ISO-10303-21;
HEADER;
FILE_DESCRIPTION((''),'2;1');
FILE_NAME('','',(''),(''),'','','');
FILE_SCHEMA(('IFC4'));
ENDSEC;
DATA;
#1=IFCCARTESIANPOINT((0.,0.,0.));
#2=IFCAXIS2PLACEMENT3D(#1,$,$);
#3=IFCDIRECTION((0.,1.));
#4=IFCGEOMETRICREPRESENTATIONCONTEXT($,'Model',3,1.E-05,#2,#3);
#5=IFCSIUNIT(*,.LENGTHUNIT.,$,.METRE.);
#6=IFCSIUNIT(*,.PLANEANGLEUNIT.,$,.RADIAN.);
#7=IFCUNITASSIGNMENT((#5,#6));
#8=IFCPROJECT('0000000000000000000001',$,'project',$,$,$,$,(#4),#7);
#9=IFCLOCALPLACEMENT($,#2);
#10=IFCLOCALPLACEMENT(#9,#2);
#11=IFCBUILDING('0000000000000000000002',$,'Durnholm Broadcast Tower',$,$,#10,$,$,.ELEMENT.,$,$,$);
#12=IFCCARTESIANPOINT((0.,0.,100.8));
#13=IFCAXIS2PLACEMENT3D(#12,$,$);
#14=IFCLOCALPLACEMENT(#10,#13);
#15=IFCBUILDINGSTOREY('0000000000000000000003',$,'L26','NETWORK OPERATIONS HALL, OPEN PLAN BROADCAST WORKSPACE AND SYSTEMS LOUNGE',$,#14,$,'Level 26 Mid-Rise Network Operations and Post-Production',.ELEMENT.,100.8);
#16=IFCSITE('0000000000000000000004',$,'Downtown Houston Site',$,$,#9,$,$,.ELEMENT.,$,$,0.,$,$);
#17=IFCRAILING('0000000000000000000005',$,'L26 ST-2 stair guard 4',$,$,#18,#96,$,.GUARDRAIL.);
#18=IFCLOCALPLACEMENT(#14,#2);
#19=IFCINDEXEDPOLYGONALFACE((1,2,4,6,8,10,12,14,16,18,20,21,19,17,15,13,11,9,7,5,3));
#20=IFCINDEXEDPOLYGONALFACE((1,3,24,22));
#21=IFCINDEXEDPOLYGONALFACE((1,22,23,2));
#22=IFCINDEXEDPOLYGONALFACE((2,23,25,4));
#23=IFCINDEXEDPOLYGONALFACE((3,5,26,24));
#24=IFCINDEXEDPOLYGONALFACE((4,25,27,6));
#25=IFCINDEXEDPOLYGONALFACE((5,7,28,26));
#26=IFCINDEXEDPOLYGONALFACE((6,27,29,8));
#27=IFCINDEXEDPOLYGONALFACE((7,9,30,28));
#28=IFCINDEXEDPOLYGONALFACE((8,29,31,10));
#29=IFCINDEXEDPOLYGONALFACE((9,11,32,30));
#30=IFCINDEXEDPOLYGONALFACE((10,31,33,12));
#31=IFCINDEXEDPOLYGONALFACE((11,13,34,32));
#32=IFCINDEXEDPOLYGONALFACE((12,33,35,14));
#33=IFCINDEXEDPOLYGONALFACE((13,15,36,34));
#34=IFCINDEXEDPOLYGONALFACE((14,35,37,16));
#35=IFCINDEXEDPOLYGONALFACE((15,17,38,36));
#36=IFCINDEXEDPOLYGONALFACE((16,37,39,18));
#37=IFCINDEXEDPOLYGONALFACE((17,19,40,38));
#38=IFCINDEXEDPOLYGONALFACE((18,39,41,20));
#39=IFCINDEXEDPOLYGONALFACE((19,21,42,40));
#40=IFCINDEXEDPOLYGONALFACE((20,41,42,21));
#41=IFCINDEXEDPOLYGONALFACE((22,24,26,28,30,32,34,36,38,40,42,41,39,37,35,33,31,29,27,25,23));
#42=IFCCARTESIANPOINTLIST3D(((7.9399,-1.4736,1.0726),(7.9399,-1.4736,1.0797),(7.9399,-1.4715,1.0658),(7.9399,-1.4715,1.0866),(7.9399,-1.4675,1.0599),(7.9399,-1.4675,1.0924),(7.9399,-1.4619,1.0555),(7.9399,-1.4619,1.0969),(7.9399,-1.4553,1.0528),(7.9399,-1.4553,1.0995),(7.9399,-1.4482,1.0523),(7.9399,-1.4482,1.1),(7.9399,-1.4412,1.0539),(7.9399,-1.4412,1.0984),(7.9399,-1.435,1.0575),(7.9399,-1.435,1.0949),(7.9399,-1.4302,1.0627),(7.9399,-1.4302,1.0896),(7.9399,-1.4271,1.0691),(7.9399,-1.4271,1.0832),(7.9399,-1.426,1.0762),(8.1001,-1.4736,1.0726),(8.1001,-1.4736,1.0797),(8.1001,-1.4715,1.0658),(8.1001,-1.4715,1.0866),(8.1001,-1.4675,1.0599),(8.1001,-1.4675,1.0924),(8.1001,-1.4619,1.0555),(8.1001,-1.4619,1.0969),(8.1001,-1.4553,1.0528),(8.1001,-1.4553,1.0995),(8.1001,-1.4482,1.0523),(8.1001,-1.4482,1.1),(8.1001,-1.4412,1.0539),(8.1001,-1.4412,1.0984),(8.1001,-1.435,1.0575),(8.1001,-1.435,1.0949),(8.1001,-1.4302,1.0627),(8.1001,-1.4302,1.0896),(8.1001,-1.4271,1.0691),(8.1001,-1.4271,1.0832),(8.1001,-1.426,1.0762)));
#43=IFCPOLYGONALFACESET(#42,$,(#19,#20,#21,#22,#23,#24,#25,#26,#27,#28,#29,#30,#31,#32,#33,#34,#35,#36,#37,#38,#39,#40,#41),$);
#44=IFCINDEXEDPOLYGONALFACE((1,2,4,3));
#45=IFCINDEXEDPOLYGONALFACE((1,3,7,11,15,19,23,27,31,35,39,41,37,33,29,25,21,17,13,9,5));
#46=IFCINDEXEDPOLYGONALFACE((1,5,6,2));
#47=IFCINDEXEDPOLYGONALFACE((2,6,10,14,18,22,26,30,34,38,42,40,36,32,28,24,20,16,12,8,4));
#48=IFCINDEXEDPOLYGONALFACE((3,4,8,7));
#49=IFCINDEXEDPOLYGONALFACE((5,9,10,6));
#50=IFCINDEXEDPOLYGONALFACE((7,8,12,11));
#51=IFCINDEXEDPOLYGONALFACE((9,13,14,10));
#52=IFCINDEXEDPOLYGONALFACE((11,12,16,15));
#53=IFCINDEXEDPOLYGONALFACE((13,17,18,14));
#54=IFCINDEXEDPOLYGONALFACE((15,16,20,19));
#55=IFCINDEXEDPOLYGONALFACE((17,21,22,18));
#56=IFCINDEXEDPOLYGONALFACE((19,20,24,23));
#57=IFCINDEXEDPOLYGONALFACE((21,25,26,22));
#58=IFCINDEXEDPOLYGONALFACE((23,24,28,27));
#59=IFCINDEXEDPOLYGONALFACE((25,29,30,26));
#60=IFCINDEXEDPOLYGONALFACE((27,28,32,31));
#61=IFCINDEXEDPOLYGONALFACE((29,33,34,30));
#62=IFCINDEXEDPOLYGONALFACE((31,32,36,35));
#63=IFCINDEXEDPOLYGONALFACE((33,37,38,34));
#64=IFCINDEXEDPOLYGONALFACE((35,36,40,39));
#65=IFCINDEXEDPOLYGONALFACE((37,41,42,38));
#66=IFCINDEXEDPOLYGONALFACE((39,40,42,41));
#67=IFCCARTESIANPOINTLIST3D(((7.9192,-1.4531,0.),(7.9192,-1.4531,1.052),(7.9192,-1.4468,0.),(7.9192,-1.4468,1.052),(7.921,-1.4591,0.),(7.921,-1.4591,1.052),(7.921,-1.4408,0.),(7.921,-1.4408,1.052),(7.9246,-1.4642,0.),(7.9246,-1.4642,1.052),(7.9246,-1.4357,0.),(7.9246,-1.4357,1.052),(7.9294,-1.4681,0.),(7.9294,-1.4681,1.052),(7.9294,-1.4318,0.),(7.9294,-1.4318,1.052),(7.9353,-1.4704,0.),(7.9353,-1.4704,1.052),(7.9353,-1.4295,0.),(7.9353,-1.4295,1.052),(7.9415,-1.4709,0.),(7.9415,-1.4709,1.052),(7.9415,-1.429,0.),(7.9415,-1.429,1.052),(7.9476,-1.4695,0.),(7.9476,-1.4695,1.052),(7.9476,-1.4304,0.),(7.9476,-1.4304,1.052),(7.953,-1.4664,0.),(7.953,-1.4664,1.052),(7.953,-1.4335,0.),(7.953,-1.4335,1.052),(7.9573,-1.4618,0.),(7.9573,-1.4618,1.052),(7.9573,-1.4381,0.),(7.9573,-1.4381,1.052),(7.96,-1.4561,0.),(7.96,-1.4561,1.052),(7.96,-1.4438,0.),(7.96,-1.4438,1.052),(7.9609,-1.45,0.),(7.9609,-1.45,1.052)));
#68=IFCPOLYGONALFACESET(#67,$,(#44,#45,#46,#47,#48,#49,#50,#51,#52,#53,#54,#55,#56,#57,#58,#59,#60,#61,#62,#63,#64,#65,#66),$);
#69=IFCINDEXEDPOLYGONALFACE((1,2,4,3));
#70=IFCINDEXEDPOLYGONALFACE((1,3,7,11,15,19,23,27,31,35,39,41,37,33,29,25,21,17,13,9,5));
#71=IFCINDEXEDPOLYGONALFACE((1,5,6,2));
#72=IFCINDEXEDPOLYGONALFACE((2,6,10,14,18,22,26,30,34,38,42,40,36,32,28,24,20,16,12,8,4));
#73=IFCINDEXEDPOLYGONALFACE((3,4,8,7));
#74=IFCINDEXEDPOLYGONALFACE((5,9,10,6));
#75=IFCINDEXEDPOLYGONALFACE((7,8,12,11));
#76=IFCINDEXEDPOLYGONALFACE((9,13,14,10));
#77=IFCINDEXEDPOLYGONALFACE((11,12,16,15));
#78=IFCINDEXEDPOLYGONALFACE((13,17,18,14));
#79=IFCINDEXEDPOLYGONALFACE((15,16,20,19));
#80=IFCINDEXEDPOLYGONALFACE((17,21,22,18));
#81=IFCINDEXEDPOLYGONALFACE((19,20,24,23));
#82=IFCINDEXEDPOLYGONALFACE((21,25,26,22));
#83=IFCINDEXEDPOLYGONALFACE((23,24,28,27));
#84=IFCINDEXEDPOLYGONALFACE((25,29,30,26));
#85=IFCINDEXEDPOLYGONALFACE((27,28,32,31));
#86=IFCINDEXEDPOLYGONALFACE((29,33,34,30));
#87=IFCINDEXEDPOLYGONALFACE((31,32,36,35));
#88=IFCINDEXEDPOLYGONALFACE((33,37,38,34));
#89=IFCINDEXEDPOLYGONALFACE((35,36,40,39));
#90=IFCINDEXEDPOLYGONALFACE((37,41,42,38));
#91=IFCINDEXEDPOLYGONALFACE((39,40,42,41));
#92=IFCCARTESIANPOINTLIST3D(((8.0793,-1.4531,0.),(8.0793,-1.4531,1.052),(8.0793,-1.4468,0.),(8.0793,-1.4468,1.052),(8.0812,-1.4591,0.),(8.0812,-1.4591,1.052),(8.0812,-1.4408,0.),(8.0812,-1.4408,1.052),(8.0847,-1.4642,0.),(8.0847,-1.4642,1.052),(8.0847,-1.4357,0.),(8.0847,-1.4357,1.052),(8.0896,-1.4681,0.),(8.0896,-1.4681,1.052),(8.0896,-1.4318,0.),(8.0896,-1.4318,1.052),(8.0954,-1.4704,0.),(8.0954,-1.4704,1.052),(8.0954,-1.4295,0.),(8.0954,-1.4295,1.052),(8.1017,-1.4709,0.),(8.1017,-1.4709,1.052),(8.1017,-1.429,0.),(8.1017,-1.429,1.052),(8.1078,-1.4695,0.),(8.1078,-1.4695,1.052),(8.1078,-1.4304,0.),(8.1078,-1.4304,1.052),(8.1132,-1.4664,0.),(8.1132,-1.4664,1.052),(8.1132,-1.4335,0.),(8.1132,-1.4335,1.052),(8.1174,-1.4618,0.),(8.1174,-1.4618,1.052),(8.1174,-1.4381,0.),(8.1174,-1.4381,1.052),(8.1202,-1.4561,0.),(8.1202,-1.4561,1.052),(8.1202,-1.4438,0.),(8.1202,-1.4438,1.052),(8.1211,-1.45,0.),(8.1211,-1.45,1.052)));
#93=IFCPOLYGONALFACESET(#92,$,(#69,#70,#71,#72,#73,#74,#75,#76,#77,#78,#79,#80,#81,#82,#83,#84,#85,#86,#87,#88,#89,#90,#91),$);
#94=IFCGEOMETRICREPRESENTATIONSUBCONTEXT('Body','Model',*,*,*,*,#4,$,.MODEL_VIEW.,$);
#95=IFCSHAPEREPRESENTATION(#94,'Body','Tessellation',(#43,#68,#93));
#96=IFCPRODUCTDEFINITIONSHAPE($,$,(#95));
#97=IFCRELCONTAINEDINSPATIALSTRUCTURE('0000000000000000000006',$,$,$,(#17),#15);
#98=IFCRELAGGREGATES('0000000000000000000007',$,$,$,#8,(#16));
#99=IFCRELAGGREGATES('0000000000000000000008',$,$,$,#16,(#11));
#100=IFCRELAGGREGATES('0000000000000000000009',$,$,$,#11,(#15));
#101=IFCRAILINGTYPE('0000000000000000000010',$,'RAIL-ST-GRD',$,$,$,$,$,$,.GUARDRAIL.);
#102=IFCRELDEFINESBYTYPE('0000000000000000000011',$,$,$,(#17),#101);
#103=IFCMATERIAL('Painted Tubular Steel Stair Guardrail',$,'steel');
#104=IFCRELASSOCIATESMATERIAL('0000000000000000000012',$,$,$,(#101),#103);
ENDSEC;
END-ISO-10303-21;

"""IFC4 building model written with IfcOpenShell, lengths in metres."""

from ifc_helpers import new_model, si_unit, direction, frame, origin, origin_2d, place, context, subcontext, project, spatial, circle, extrude, material, type_object, element, save


model = new_model("IFC4")

# Units and contexts
model_context = context("Model", 3, precision=1e-05, world=origin(), true_north=direction((0.0, 1.0)))
body_context = subcontext(model_context, "Body", "Model", "MODEL_VIEW")
ifc_project = project(units=[si_unit("LENGTHUNIT", "METRE"), si_unit("PLANEANGLEUNIT", "RADIAN")], contexts=[model_context])

# Site, building, storey
site_placement = place(None, origin())
site = spatial("IfcSite", under=ifc_project, at=site_placement, Name="Downtown Houston Site", CompositionType="ELEMENT", RefElevation=0.0)
building_placement = place(site_placement, origin())
building = spatial("IfcBuilding", under=site, at=building_placement, Name="Durnholm Broadcast Tower", CompositionType="ELEMENT")
storey_placement = place(building_placement, frame((0.0, 0.0, 100.8)))
storey = spatial("IfcBuildingStorey", under=building, at=storey_placement, Name="L26", Description="NETWORK OPERATIONS HALL, OPEN PLAN BROADCAST WORKSPACE AND SYSTEMS LOUNGE", LongName="Level 26 Mid-Rise Network Operations and Post-Production", CompositionType="ELEMENT", Elevation=100.8)

# Railing
ifc_material_1 = material(Name="Painted Tubular Steel Stair Guardrail", Category="steel")
railing_type_1 = type_object("IfcRailingType", Name="RAIL-ST-GRD", PredefinedType="GUARDRAIL", material=ifc_material_1)
railing_1_placement = place(storey_placement, frame((7.9399, -1.45, 0.0)))
element("IfcRailing", 1, at=railing_1_placement, inside=storey, type_object=railing_type_1, Name="L26 ST-2 stair guard 4", PredefinedType="GUARDRAIL", context=body_context, shape_type="SweptSolid", body=[
    extrude(circle(Radius=0.0239, at=origin_2d()), frame((0.0, 0.0, 1.0762), z_axis=(1.0, 0.0, 0.0), x_axis=(0.0, 1.0, 0.0)), (0.0, 0.0, 1.0), 0.1602),
    extrude(circle(Radius=0.021, at=origin_2d()), origin(), (0.0, 0.0, 1.0), 1.052),
    extrude(circle(Radius=0.021, at=origin_2d()), frame((0.1602, 0.0, 0.0)), (0.0, 0.0, 1.0), 1.052),
])

save(model, "model.ifc")
